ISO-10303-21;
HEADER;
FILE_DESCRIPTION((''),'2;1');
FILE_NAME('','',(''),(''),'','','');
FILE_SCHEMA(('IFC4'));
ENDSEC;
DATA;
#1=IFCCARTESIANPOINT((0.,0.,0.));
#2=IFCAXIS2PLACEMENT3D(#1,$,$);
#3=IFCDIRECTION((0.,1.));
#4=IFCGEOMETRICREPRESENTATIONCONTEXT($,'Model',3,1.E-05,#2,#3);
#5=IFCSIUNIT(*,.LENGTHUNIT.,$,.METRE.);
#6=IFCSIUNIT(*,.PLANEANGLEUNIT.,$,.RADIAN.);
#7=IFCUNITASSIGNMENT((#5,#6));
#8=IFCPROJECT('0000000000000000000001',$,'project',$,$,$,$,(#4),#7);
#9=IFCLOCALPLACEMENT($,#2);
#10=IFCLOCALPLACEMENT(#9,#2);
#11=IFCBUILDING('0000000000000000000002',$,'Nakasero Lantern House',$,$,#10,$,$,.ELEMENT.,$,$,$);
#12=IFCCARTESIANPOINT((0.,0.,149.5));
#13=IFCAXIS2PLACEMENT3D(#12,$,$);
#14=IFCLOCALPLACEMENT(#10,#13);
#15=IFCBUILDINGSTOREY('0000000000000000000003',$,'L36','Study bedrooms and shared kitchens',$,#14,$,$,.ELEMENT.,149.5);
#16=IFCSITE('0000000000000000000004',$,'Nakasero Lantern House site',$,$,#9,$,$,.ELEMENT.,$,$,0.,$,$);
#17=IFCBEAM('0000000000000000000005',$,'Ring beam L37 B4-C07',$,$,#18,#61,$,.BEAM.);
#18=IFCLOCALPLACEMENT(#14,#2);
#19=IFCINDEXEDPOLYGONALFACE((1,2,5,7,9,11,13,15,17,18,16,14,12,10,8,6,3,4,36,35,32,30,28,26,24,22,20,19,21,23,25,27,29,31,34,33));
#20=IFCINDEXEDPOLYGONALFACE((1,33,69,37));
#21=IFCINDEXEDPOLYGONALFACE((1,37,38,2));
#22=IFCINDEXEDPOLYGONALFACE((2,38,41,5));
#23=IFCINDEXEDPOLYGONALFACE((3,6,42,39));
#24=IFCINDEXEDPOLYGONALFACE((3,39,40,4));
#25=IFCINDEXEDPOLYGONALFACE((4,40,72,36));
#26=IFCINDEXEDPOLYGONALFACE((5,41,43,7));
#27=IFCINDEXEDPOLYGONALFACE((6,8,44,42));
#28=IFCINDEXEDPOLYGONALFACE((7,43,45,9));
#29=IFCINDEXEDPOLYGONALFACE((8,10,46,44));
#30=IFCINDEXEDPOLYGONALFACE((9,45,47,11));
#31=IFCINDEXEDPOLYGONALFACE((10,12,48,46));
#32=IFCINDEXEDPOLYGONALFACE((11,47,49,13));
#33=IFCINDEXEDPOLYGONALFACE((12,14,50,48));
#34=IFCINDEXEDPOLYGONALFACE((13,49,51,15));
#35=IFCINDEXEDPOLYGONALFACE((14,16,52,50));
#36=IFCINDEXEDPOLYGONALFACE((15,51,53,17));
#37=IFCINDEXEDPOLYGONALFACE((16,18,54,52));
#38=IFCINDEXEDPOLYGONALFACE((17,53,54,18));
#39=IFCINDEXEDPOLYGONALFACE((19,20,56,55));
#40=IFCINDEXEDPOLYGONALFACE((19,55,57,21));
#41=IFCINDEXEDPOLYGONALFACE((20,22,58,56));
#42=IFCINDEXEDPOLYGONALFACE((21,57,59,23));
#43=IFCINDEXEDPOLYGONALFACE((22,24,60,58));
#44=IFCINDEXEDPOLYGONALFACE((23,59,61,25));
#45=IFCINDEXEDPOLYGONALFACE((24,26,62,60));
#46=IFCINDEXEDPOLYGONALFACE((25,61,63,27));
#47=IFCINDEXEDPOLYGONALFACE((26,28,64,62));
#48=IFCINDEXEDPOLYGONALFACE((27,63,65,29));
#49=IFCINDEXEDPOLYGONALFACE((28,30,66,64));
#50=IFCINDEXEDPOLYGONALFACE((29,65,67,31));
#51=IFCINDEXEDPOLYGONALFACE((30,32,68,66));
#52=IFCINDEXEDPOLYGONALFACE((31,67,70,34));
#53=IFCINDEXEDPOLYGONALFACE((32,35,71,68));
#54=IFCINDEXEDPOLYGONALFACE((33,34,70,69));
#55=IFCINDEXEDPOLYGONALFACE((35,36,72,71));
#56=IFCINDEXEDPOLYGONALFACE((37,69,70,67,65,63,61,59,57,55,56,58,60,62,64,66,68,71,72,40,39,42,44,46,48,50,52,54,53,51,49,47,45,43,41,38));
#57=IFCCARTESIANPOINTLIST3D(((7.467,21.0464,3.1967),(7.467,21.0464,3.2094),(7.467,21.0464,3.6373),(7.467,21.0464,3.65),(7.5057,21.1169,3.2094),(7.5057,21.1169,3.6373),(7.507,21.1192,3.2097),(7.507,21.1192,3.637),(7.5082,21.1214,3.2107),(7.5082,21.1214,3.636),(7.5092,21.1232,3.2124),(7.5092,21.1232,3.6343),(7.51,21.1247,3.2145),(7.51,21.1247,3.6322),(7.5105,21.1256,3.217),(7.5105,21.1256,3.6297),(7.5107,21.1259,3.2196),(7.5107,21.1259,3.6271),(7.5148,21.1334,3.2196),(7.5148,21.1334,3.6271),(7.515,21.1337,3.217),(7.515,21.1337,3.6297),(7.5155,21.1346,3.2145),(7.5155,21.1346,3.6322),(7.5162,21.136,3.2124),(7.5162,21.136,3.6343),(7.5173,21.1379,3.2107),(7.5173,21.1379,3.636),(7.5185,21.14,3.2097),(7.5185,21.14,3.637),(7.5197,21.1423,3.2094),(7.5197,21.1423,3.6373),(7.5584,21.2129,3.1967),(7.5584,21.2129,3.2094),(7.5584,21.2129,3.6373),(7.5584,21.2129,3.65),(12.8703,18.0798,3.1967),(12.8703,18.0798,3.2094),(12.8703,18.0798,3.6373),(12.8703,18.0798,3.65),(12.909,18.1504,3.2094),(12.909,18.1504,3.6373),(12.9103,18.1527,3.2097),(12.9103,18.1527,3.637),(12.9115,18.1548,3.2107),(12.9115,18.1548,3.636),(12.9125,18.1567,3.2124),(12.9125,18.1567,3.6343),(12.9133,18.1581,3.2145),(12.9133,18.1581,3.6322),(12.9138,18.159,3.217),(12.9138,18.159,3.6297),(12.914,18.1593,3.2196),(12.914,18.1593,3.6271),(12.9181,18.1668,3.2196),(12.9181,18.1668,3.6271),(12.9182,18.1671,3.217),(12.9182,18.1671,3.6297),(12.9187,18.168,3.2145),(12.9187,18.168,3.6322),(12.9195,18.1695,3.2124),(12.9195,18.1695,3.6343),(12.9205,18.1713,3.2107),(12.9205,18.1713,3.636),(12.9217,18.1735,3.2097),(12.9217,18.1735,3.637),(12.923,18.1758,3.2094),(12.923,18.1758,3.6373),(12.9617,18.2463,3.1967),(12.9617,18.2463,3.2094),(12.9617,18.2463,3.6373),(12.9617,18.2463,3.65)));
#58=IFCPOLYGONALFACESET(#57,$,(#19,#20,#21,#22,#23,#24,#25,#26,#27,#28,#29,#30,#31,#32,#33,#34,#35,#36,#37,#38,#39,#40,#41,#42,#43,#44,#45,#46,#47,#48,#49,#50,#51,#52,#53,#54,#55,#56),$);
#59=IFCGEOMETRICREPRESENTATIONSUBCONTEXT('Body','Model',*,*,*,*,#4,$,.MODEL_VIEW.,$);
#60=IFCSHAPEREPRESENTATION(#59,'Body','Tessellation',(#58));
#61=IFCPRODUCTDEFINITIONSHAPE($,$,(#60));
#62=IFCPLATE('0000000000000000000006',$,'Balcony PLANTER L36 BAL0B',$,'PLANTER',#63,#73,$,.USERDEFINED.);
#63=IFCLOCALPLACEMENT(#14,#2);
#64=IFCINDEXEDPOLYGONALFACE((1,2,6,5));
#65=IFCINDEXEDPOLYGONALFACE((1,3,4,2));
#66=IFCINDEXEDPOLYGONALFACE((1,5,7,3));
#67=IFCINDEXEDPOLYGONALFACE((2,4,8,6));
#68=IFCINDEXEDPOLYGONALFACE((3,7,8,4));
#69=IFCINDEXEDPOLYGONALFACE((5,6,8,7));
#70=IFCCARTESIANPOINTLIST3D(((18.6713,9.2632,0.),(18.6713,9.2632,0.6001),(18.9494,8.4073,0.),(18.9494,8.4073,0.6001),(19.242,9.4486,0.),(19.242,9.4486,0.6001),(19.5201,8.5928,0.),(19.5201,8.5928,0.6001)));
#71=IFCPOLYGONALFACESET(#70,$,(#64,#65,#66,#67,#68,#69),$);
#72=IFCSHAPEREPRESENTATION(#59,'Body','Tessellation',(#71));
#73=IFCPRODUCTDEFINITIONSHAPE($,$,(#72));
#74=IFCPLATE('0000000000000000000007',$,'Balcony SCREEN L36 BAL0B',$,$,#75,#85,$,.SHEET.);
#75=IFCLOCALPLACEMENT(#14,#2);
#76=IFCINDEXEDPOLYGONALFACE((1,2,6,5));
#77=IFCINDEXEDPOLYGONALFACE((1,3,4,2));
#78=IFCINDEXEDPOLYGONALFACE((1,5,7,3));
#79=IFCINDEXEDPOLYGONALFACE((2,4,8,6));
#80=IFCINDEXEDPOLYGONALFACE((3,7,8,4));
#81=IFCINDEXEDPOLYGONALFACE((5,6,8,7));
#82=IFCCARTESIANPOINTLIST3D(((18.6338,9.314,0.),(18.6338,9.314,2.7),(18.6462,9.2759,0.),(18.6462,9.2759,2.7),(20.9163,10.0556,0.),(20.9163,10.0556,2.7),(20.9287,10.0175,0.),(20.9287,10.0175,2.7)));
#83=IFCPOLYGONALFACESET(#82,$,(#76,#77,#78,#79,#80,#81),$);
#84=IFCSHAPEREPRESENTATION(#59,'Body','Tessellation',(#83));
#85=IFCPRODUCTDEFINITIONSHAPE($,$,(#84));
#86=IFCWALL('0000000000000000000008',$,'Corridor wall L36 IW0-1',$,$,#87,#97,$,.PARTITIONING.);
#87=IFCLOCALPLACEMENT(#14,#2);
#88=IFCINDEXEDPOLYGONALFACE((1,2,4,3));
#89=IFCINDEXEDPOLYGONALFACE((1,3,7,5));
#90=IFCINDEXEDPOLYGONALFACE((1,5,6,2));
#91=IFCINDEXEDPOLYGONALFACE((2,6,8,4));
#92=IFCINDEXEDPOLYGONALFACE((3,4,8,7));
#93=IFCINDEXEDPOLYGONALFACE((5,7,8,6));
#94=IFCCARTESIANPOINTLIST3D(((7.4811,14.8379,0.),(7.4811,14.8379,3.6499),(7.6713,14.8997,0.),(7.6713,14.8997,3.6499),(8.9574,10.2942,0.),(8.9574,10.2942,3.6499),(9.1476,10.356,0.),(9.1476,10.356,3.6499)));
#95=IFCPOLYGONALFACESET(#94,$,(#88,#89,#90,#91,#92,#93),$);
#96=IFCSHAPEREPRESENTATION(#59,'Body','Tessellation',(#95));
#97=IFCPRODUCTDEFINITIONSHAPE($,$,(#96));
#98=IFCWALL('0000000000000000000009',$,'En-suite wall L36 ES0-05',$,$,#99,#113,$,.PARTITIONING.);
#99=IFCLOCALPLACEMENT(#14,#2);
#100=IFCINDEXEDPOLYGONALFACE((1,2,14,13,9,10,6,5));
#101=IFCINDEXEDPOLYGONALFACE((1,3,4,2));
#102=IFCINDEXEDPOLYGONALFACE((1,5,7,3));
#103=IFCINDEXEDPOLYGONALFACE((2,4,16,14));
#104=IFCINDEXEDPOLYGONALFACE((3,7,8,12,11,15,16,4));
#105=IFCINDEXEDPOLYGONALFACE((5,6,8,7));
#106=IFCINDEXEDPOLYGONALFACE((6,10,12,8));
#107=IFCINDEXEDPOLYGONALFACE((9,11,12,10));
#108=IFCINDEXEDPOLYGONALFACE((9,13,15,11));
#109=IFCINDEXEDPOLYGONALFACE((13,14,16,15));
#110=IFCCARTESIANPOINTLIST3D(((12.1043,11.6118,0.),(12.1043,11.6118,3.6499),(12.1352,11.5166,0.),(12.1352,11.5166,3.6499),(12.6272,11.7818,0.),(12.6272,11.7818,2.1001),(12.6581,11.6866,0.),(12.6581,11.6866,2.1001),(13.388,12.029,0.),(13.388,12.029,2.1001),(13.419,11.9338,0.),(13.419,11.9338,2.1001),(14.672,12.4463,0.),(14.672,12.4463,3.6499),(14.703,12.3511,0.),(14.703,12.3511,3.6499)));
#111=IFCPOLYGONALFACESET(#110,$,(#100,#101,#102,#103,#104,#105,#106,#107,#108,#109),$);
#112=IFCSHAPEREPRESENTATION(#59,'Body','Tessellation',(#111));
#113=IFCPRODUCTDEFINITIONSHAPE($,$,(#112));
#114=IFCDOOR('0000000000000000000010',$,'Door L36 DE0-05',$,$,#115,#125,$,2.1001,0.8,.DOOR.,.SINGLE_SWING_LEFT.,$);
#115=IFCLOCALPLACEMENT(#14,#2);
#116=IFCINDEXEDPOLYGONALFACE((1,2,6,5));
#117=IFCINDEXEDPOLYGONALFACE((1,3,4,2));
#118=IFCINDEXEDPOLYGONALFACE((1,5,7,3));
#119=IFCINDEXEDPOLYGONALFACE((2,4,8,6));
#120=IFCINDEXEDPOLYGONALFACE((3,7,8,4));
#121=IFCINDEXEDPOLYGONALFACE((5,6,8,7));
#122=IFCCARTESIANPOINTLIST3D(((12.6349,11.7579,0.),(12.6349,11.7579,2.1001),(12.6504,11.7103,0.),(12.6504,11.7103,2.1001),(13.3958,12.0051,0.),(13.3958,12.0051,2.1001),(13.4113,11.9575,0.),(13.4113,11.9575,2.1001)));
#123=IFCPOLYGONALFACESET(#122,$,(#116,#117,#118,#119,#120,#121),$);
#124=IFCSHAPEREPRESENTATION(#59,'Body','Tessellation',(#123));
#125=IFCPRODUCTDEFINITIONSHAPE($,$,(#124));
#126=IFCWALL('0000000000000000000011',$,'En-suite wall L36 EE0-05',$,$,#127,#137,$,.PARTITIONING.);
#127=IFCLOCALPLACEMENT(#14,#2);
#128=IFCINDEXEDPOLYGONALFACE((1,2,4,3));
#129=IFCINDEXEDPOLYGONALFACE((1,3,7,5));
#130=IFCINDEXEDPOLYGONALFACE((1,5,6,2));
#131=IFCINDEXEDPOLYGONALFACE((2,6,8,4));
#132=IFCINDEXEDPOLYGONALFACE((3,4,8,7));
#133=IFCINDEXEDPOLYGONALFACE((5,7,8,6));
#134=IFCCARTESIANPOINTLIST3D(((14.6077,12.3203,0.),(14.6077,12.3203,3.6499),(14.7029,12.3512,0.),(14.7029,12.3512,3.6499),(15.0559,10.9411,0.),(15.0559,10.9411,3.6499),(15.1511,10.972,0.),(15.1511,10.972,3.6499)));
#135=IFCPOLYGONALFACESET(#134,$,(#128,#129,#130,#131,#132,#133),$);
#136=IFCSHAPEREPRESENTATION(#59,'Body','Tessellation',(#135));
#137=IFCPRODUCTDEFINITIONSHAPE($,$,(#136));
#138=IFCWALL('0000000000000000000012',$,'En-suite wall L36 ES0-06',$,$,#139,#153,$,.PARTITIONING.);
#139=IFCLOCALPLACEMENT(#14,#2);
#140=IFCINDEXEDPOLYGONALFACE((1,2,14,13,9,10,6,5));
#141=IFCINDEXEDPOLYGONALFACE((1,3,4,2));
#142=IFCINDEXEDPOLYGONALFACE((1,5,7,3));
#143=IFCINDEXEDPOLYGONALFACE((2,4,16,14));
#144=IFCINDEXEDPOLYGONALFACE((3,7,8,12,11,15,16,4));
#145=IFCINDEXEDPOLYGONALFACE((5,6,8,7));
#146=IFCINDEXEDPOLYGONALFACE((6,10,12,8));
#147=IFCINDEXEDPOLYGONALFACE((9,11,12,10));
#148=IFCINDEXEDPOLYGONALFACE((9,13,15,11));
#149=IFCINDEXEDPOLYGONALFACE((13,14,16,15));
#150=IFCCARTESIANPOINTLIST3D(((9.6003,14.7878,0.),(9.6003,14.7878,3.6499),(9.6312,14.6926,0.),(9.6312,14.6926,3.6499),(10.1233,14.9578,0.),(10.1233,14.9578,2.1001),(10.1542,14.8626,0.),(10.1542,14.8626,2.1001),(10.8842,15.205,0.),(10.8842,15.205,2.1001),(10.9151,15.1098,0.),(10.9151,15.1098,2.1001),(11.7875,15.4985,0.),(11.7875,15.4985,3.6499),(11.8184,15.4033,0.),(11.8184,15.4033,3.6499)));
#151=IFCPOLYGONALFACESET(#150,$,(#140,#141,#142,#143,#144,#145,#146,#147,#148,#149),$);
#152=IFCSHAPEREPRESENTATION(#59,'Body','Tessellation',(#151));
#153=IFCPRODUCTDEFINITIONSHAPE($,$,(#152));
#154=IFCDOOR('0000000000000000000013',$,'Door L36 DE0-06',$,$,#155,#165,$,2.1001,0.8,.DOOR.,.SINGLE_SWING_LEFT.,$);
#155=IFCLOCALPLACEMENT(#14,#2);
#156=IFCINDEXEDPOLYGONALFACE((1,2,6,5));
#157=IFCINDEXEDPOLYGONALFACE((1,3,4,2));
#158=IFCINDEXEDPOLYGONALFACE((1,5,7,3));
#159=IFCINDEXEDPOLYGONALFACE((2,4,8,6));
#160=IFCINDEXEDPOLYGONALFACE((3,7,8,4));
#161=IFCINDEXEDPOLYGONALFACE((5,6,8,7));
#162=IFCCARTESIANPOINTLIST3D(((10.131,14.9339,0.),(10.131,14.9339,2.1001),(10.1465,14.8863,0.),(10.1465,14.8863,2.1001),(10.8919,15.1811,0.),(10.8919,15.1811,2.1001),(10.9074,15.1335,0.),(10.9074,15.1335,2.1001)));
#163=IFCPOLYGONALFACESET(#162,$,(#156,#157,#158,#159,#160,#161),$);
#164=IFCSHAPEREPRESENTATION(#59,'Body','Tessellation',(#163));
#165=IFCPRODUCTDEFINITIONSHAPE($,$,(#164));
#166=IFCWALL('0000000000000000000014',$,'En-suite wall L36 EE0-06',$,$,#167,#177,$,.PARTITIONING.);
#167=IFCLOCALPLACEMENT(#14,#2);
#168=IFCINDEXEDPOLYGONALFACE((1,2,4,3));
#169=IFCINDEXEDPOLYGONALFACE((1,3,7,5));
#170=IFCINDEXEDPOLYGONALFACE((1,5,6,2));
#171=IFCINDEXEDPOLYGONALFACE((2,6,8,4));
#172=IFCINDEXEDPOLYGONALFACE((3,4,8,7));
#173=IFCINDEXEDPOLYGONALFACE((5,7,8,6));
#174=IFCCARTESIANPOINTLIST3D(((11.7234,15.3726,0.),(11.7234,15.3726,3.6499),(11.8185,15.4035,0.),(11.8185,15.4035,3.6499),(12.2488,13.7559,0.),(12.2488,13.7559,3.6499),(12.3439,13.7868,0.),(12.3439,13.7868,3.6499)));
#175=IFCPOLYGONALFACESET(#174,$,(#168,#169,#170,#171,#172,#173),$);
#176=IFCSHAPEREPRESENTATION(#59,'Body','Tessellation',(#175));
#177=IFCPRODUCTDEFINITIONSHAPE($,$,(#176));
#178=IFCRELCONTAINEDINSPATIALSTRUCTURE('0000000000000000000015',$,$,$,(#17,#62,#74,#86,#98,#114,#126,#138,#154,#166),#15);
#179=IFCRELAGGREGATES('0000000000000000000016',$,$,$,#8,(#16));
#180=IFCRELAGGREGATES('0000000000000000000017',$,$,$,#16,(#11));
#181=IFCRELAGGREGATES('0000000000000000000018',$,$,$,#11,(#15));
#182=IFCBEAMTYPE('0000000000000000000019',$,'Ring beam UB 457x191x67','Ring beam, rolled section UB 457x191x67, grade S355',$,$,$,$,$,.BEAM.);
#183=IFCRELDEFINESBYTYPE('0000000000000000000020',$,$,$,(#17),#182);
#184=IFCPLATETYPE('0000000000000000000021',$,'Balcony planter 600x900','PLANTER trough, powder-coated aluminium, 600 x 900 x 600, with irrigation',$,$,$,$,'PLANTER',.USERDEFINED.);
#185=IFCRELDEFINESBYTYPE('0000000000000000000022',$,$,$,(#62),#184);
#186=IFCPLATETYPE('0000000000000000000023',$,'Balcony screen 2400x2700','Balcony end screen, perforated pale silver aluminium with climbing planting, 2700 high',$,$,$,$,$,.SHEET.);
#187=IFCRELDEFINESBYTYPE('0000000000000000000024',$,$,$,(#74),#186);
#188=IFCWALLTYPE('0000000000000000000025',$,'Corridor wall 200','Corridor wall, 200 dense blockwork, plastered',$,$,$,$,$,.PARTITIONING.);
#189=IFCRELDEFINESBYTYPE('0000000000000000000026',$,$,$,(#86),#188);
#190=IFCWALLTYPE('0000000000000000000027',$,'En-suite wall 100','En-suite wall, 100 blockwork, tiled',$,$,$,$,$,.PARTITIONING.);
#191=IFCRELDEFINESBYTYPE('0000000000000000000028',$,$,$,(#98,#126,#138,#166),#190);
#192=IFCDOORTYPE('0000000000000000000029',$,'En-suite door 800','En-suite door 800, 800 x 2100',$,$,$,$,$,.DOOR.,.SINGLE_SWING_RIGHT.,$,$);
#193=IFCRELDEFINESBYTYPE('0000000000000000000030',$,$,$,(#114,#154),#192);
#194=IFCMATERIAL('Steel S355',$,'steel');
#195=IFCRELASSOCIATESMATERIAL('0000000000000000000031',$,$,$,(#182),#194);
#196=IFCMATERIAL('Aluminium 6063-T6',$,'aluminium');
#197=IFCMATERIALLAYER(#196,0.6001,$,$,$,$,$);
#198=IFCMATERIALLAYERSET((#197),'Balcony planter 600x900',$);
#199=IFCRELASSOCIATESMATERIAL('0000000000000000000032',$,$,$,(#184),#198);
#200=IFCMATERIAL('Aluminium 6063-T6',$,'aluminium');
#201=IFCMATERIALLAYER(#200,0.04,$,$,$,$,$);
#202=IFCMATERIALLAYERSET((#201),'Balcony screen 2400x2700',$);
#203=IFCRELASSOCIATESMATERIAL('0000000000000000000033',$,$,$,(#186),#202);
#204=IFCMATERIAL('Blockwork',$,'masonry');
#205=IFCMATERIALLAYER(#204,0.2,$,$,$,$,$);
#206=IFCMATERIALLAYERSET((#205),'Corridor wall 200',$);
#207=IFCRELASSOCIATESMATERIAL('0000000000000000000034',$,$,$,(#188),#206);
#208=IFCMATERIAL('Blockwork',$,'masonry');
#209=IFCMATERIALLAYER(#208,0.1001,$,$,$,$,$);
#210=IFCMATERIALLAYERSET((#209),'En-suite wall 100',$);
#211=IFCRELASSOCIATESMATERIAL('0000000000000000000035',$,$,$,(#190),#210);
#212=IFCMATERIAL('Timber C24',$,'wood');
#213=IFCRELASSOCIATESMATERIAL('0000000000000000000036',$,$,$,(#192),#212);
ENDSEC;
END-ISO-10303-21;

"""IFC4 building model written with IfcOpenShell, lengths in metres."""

from ifc_helpers import new_model, si_unit, direction, frame, frame_2d, origin, origin_2d, place, context, subcontext, project, spatial, rectangle, i_section, extrude, material, layer, layer_set, material_profile, profile_set, type_object, element, fill, save


model = new_model("IFC4")

# Units and contexts
model_context = context("Model", 3, precision=1e-05, world=origin(), true_north=direction((0.0, 1.0)))
body_context = subcontext(model_context, "Body", "Model", "MODEL_VIEW")
ifc_project = project(units=[si_unit("LENGTHUNIT", "METRE"), si_unit("PLANEANGLEUNIT", "RADIAN")], contexts=[model_context])

# Site, building, storey
site_placement = place(None, origin())
site = spatial("IfcSite", under=ifc_project, at=site_placement, Name="Nakasero Lantern House site", CompositionType="ELEMENT", RefElevation=0.0)
building_placement = place(site_placement, origin())
building = spatial("IfcBuilding", under=site, at=building_placement, Name="Nakasero Lantern House", CompositionType="ELEMENT")
storey_placement = place(building_placement, frame((0.0, 0.0, 149.5)))
storey = spatial("IfcBuildingStorey", under=building, at=storey_placement, Name="L36", Description="Study bedrooms and shared kitchens", CompositionType="ELEMENT", Elevation=149.5)

# Beam
ifc_material_1 = material(Name="Steel S355", Category="steel")
ifc_material_profile_1 = material_profile(ifc_material_1, i_section(OverallWidth=0.1899, OverallDepth=0.4534, WebThickness=0.0085, FlangeThickness=0.0127, FilletRadius=0.0103, at=origin_2d()), Name="UB 457x191x67")
ifc_profile_set_1 = profile_set([ifc_material_profile_1], Name="Steel S355")
beam_type_1 = type_object("IfcBeamType", Name="Ring beam UB 457x191x67", Description="Ring beam, rolled section UB 457x191x67, grade S355", PredefinedType="BEAM", material=ifc_profile_set_1)
beam_1_placement = place(storey_placement, frame((12.916, 18.1631, 3.4233), z_axis=(-0.876577, 0.481262, 0.0), x_axis=(-0.481262, -0.876577, 0.0)))
element("IfcBeam", 1, at=beam_1_placement, inside=storey, type_object=beam_type_1, Name="Ring beam L37 B4-C07", PredefinedType="BEAM", context=body_context, shape_type="SweptSolid", body=[
    extrude(i_section(OverallWidth=0.1899, OverallDepth=0.4534, WebThickness=0.0085, FlangeThickness=0.0127, FilletRadius=0.0103, at=origin_2d()), origin(), (0.0, 0.0, 1.0), 6.1641),
])

# Plates
ifc_material_2 = material(Name="Aluminium 6063-T6", Category="aluminium")
ifc_layer_1 = layer(ifc_material_2, 0.6001)
ifc_layer_set_1 = layer_set([ifc_layer_1], Name="Balcony planter 600x900")
plate_type_1 = type_object("IfcPlateType", Name="Balcony planter 600x900", Description="PLANTER trough, powder-coated aluminium, 600 x 900 x 600, with irrigation", ElementType="PLANTER", PredefinedType="USERDEFINED", material=ifc_layer_set_1)
plate_1_placement = place(storey_placement, frame((19.0957, 8.928, 0.0), z_axis=(0.0, 0.0, 1.0), x_axis=(0.951057, 0.309017, 0.0)))
element("IfcPlate", 2, at=plate_1_placement, inside=storey, type_object=plate_type_1, Name="Balcony PLANTER L36 BAL0B", ObjectType="PLANTER", PredefinedType="USERDEFINED", context=body_context, shape_type="SweptSolid", body=[
    extrude(rectangle(XDim=0.6001, YDim=0.8999, at=origin_2d()), origin(), (0.0, 0.0, 1.0), 0.6001),
])
ifc_material_3 = material(Name="Aluminium 6063-T6", Category="aluminium")
ifc_layer_2 = layer(ifc_material_3, 0.04)
ifc_layer_set_2 = layer_set([ifc_layer_2], Name="Balcony screen 2400x2700")
plate_type_2 = type_object("IfcPlateType", Name="Balcony screen 2400x2700", Description="Balcony end screen, perforated pale silver aluminium with climbing planting, 2700 high", PredefinedType="SHEET", material=ifc_layer_set_2)
plate_2_placement = place(storey_placement, frame((19.7812, 9.6658, 0.0), z_axis=(0.0, 0.0, 1.0), x_axis=(0.951057, 0.309017, 0.0)))
element("IfcPlate", 3, at=plate_2_placement, inside=storey, type_object=plate_type_2, Name="Balcony SCREEN L36 BAL0B", PredefinedType="SHEET", context=body_context, shape_type="SweptSolid", body=[
    extrude(rectangle(XDim=2.3999, YDim=0.04, at=origin_2d()), origin(), (0.0, 0.0, 1.0), 2.7),
])

# Wall
ifc_material_4 = material(Name="Blockwork", Category="masonry")
ifc_layer_3 = layer(ifc_material_4, 0.2)
ifc_layer_set_3 = layer_set([ifc_layer_3], Name="Corridor wall 200")
wall_type_1 = type_object("IfcWallType", Name="Corridor wall 200", Description="Corridor wall, 200 dense blockwork, plastered", PredefinedType="PARTITIONING", material=ifc_layer_set_3)
wall_1_placement = place(storey_placement, frame((9.0525, 10.3252, 0.0), z_axis=(0.0, 0.0, 1.0), x_axis=(-0.309013, 0.951058, 0.0)))
element("IfcWall", 4, at=wall_1_placement, inside=storey, type_object=wall_type_1, Name="Corridor wall L36 IW0-1", PredefinedType="PARTITIONING", context=body_context, shape_type="SweptSolid", body=[
    extrude(rectangle(XDim=4.7776, YDim=0.2, at=frame_2d((2.3887, 0.0))), origin(), (0.0, 0.0, 1.0), 3.6499),
])

# Wall, opening, door
ifc_material_5 = material(Name="Blockwork", Category="masonry")
ifc_layer_4 = layer(ifc_material_5, 0.1001)
ifc_layer_set_4 = layer_set([ifc_layer_4], Name="En-suite wall 100")
wall_type_2 = type_object("IfcWallType", Name="En-suite wall 100", Description="En-suite wall, 100 blockwork, tiled", PredefinedType="PARTITIONING", material=ifc_layer_set_4)
wall_2_placement = place(storey_placement, frame((12.1196, 11.5642, 0.0), z_axis=(0.0, 0.0, 1.0), x_axis=(0.951043, 0.309057, 0.0)))
wall_2 = element("IfcWall", 5, at=wall_2_placement, inside=storey, type_object=wall_type_2, Name="En-suite wall L36 ES0-05", PredefinedType="PARTITIONING", context=body_context, shape_type="SweptSolid", body=[
    extrude(rectangle(XDim=2.7, YDim=0.1001, at=frame_2d((1.3501, 0.0))), origin(), (0.0, 0.0, 1.0), 3.6499),
])
opening_1_placement = place(wall_2_placement, frame((0.55, 0.0, 0.0)))
opening_1 = element("IfcOpeningElement", 6, at=opening_1_placement, cuts=wall_2, PredefinedType="OPENING", context=body_context, shape_type="SweptSolid", body=[
    extrude(rectangle(XDim=0.8, YDim=2.1001, at=frame_2d((0.3999, 1.05))), frame((0.0, 0.0701, 0.0), z_axis=(0.0, -1.0, 0.0), x_axis=(1.0, 0.0, 0.0)), (0.0, 0.0, 1.0), 0.1401),
])
ifc_material_6 = material(Name="Timber C24", Category="wood")
door_type = type_object("IfcDoorType", Name="En-suite door 800", Description="En-suite door 800, 800 x 2100", OperationType="SINGLE_SWING_RIGHT", PredefinedType="DOOR", material=ifc_material_6)
door_1_placement = place(opening_1_placement, origin())
door_1 = element("IfcDoor", 7, at=door_1_placement, inside=storey, type_object=door_type, Name="Door L36 DE0-05", OperationType="SINGLE_SWING_LEFT", OverallHeight=2.1001, OverallWidth=0.8, PredefinedType="DOOR", context=body_context, shape_type="SweptSolid", body=[
    extrude(rectangle(XDim=0.8, YDim=2.1001, at=frame_2d((0.3999, 1.05))), frame((0.0, 0.0249, 0.0), z_axis=(0.0, -1.0, 0.0), x_axis=(1.0, 0.0, 0.0)), (0.0, 0.0, 1.0), 0.05),
])
fill(opening_1, door_1)

# Wall
wall_3_placement = place(storey_placement, frame((15.1035, 10.9565, 0.0), z_axis=(0.0, 0.0, 1.0), x_axis=(-0.309097, 0.95103, 0.0)))
element("IfcWall", 8, at=wall_3_placement, inside=storey, type_object=wall_type_2, Name="En-suite wall L36 EE0-05", PredefinedType="PARTITIONING", context=body_context, shape_type="SweptSolid", body=[
    extrude(rectangle(XDim=1.4502, YDim=0.1001, at=frame_2d((0.7251, 0.0))), origin(), (0.0, 0.0, 1.0), 3.6499),
])

# Wall, opening, door
wall_4_placement = place(storey_placement, frame((9.6157, 14.7402, 0.0), z_axis=(0.0, 0.0, 1.0), x_axis=(0.951055, 0.309021, 0.0)))
wall_4 = element("IfcWall", 9, at=wall_4_placement, inside=storey, type_object=wall_type_2, Name="En-suite wall L36 ES0-06", PredefinedType="PARTITIONING", context=body_context, shape_type="SweptSolid", body=[
    extrude(rectangle(XDim=2.2998, YDim=0.1001, at=frame_2d((1.1499, 0.0))), origin(), (0.0, 0.0, 1.0), 3.6499),
])
opening_2_placement = place(wall_4_placement, frame((0.55, 0.0, 0.0)))
opening_2 = element("IfcOpeningElement", 10, at=opening_2_placement, cuts=wall_4, PredefinedType="OPENING", context=body_context, shape_type="SweptSolid", body=[
    extrude(rectangle(XDim=0.8, YDim=2.1001, at=frame_2d((0.3999, 1.05))), frame((0.0, 0.0701, 0.0), z_axis=(0.0, -1.0, 0.0), x_axis=(1.0, 0.0, 0.0)), (0.0, 0.0, 1.0), 0.1401),
])
door_2_placement = place(opening_2_placement, origin())
door_2 = element("IfcDoor", 11, at=door_2_placement, inside=storey, type_object=door_type, Name="Door L36 DE0-06", OperationType="SINGLE_SWING_LEFT", OverallHeight=2.1001, OverallWidth=0.8, PredefinedType="DOOR", context=body_context, shape_type="SweptSolid", body=[
    extrude(rectangle(XDim=0.8, YDim=2.1001, at=frame_2d((0.3999, 1.05))), frame((0.0, 0.0249, 0.0), z_axis=(0.0, -1.0, 0.0), x_axis=(1.0, 0.0, 0.0)), (0.0, 0.0, 1.0), 0.05),
])
fill(opening_2, door_2)

# Wall
wall_5_placement = place(storey_placement, frame((12.2964, 13.7712, 0.0), z_axis=(0.0, 0.0, 1.0), x_axis=(-0.309067, 0.95104, 0.0)))
element("IfcWall", 12, at=wall_5_placement, inside=storey, type_object=wall_type_2, Name="En-suite wall L36 EE0-06", PredefinedType="PARTITIONING", context=body_context, shape_type="SweptSolid", body=[
    extrude(rectangle(XDim=1.7, YDim=0.1001, at=frame_2d((0.8501, 0.0))), origin(), (0.0, 0.0, 1.0), 3.6499),
])

save(model, "model.ifc")
